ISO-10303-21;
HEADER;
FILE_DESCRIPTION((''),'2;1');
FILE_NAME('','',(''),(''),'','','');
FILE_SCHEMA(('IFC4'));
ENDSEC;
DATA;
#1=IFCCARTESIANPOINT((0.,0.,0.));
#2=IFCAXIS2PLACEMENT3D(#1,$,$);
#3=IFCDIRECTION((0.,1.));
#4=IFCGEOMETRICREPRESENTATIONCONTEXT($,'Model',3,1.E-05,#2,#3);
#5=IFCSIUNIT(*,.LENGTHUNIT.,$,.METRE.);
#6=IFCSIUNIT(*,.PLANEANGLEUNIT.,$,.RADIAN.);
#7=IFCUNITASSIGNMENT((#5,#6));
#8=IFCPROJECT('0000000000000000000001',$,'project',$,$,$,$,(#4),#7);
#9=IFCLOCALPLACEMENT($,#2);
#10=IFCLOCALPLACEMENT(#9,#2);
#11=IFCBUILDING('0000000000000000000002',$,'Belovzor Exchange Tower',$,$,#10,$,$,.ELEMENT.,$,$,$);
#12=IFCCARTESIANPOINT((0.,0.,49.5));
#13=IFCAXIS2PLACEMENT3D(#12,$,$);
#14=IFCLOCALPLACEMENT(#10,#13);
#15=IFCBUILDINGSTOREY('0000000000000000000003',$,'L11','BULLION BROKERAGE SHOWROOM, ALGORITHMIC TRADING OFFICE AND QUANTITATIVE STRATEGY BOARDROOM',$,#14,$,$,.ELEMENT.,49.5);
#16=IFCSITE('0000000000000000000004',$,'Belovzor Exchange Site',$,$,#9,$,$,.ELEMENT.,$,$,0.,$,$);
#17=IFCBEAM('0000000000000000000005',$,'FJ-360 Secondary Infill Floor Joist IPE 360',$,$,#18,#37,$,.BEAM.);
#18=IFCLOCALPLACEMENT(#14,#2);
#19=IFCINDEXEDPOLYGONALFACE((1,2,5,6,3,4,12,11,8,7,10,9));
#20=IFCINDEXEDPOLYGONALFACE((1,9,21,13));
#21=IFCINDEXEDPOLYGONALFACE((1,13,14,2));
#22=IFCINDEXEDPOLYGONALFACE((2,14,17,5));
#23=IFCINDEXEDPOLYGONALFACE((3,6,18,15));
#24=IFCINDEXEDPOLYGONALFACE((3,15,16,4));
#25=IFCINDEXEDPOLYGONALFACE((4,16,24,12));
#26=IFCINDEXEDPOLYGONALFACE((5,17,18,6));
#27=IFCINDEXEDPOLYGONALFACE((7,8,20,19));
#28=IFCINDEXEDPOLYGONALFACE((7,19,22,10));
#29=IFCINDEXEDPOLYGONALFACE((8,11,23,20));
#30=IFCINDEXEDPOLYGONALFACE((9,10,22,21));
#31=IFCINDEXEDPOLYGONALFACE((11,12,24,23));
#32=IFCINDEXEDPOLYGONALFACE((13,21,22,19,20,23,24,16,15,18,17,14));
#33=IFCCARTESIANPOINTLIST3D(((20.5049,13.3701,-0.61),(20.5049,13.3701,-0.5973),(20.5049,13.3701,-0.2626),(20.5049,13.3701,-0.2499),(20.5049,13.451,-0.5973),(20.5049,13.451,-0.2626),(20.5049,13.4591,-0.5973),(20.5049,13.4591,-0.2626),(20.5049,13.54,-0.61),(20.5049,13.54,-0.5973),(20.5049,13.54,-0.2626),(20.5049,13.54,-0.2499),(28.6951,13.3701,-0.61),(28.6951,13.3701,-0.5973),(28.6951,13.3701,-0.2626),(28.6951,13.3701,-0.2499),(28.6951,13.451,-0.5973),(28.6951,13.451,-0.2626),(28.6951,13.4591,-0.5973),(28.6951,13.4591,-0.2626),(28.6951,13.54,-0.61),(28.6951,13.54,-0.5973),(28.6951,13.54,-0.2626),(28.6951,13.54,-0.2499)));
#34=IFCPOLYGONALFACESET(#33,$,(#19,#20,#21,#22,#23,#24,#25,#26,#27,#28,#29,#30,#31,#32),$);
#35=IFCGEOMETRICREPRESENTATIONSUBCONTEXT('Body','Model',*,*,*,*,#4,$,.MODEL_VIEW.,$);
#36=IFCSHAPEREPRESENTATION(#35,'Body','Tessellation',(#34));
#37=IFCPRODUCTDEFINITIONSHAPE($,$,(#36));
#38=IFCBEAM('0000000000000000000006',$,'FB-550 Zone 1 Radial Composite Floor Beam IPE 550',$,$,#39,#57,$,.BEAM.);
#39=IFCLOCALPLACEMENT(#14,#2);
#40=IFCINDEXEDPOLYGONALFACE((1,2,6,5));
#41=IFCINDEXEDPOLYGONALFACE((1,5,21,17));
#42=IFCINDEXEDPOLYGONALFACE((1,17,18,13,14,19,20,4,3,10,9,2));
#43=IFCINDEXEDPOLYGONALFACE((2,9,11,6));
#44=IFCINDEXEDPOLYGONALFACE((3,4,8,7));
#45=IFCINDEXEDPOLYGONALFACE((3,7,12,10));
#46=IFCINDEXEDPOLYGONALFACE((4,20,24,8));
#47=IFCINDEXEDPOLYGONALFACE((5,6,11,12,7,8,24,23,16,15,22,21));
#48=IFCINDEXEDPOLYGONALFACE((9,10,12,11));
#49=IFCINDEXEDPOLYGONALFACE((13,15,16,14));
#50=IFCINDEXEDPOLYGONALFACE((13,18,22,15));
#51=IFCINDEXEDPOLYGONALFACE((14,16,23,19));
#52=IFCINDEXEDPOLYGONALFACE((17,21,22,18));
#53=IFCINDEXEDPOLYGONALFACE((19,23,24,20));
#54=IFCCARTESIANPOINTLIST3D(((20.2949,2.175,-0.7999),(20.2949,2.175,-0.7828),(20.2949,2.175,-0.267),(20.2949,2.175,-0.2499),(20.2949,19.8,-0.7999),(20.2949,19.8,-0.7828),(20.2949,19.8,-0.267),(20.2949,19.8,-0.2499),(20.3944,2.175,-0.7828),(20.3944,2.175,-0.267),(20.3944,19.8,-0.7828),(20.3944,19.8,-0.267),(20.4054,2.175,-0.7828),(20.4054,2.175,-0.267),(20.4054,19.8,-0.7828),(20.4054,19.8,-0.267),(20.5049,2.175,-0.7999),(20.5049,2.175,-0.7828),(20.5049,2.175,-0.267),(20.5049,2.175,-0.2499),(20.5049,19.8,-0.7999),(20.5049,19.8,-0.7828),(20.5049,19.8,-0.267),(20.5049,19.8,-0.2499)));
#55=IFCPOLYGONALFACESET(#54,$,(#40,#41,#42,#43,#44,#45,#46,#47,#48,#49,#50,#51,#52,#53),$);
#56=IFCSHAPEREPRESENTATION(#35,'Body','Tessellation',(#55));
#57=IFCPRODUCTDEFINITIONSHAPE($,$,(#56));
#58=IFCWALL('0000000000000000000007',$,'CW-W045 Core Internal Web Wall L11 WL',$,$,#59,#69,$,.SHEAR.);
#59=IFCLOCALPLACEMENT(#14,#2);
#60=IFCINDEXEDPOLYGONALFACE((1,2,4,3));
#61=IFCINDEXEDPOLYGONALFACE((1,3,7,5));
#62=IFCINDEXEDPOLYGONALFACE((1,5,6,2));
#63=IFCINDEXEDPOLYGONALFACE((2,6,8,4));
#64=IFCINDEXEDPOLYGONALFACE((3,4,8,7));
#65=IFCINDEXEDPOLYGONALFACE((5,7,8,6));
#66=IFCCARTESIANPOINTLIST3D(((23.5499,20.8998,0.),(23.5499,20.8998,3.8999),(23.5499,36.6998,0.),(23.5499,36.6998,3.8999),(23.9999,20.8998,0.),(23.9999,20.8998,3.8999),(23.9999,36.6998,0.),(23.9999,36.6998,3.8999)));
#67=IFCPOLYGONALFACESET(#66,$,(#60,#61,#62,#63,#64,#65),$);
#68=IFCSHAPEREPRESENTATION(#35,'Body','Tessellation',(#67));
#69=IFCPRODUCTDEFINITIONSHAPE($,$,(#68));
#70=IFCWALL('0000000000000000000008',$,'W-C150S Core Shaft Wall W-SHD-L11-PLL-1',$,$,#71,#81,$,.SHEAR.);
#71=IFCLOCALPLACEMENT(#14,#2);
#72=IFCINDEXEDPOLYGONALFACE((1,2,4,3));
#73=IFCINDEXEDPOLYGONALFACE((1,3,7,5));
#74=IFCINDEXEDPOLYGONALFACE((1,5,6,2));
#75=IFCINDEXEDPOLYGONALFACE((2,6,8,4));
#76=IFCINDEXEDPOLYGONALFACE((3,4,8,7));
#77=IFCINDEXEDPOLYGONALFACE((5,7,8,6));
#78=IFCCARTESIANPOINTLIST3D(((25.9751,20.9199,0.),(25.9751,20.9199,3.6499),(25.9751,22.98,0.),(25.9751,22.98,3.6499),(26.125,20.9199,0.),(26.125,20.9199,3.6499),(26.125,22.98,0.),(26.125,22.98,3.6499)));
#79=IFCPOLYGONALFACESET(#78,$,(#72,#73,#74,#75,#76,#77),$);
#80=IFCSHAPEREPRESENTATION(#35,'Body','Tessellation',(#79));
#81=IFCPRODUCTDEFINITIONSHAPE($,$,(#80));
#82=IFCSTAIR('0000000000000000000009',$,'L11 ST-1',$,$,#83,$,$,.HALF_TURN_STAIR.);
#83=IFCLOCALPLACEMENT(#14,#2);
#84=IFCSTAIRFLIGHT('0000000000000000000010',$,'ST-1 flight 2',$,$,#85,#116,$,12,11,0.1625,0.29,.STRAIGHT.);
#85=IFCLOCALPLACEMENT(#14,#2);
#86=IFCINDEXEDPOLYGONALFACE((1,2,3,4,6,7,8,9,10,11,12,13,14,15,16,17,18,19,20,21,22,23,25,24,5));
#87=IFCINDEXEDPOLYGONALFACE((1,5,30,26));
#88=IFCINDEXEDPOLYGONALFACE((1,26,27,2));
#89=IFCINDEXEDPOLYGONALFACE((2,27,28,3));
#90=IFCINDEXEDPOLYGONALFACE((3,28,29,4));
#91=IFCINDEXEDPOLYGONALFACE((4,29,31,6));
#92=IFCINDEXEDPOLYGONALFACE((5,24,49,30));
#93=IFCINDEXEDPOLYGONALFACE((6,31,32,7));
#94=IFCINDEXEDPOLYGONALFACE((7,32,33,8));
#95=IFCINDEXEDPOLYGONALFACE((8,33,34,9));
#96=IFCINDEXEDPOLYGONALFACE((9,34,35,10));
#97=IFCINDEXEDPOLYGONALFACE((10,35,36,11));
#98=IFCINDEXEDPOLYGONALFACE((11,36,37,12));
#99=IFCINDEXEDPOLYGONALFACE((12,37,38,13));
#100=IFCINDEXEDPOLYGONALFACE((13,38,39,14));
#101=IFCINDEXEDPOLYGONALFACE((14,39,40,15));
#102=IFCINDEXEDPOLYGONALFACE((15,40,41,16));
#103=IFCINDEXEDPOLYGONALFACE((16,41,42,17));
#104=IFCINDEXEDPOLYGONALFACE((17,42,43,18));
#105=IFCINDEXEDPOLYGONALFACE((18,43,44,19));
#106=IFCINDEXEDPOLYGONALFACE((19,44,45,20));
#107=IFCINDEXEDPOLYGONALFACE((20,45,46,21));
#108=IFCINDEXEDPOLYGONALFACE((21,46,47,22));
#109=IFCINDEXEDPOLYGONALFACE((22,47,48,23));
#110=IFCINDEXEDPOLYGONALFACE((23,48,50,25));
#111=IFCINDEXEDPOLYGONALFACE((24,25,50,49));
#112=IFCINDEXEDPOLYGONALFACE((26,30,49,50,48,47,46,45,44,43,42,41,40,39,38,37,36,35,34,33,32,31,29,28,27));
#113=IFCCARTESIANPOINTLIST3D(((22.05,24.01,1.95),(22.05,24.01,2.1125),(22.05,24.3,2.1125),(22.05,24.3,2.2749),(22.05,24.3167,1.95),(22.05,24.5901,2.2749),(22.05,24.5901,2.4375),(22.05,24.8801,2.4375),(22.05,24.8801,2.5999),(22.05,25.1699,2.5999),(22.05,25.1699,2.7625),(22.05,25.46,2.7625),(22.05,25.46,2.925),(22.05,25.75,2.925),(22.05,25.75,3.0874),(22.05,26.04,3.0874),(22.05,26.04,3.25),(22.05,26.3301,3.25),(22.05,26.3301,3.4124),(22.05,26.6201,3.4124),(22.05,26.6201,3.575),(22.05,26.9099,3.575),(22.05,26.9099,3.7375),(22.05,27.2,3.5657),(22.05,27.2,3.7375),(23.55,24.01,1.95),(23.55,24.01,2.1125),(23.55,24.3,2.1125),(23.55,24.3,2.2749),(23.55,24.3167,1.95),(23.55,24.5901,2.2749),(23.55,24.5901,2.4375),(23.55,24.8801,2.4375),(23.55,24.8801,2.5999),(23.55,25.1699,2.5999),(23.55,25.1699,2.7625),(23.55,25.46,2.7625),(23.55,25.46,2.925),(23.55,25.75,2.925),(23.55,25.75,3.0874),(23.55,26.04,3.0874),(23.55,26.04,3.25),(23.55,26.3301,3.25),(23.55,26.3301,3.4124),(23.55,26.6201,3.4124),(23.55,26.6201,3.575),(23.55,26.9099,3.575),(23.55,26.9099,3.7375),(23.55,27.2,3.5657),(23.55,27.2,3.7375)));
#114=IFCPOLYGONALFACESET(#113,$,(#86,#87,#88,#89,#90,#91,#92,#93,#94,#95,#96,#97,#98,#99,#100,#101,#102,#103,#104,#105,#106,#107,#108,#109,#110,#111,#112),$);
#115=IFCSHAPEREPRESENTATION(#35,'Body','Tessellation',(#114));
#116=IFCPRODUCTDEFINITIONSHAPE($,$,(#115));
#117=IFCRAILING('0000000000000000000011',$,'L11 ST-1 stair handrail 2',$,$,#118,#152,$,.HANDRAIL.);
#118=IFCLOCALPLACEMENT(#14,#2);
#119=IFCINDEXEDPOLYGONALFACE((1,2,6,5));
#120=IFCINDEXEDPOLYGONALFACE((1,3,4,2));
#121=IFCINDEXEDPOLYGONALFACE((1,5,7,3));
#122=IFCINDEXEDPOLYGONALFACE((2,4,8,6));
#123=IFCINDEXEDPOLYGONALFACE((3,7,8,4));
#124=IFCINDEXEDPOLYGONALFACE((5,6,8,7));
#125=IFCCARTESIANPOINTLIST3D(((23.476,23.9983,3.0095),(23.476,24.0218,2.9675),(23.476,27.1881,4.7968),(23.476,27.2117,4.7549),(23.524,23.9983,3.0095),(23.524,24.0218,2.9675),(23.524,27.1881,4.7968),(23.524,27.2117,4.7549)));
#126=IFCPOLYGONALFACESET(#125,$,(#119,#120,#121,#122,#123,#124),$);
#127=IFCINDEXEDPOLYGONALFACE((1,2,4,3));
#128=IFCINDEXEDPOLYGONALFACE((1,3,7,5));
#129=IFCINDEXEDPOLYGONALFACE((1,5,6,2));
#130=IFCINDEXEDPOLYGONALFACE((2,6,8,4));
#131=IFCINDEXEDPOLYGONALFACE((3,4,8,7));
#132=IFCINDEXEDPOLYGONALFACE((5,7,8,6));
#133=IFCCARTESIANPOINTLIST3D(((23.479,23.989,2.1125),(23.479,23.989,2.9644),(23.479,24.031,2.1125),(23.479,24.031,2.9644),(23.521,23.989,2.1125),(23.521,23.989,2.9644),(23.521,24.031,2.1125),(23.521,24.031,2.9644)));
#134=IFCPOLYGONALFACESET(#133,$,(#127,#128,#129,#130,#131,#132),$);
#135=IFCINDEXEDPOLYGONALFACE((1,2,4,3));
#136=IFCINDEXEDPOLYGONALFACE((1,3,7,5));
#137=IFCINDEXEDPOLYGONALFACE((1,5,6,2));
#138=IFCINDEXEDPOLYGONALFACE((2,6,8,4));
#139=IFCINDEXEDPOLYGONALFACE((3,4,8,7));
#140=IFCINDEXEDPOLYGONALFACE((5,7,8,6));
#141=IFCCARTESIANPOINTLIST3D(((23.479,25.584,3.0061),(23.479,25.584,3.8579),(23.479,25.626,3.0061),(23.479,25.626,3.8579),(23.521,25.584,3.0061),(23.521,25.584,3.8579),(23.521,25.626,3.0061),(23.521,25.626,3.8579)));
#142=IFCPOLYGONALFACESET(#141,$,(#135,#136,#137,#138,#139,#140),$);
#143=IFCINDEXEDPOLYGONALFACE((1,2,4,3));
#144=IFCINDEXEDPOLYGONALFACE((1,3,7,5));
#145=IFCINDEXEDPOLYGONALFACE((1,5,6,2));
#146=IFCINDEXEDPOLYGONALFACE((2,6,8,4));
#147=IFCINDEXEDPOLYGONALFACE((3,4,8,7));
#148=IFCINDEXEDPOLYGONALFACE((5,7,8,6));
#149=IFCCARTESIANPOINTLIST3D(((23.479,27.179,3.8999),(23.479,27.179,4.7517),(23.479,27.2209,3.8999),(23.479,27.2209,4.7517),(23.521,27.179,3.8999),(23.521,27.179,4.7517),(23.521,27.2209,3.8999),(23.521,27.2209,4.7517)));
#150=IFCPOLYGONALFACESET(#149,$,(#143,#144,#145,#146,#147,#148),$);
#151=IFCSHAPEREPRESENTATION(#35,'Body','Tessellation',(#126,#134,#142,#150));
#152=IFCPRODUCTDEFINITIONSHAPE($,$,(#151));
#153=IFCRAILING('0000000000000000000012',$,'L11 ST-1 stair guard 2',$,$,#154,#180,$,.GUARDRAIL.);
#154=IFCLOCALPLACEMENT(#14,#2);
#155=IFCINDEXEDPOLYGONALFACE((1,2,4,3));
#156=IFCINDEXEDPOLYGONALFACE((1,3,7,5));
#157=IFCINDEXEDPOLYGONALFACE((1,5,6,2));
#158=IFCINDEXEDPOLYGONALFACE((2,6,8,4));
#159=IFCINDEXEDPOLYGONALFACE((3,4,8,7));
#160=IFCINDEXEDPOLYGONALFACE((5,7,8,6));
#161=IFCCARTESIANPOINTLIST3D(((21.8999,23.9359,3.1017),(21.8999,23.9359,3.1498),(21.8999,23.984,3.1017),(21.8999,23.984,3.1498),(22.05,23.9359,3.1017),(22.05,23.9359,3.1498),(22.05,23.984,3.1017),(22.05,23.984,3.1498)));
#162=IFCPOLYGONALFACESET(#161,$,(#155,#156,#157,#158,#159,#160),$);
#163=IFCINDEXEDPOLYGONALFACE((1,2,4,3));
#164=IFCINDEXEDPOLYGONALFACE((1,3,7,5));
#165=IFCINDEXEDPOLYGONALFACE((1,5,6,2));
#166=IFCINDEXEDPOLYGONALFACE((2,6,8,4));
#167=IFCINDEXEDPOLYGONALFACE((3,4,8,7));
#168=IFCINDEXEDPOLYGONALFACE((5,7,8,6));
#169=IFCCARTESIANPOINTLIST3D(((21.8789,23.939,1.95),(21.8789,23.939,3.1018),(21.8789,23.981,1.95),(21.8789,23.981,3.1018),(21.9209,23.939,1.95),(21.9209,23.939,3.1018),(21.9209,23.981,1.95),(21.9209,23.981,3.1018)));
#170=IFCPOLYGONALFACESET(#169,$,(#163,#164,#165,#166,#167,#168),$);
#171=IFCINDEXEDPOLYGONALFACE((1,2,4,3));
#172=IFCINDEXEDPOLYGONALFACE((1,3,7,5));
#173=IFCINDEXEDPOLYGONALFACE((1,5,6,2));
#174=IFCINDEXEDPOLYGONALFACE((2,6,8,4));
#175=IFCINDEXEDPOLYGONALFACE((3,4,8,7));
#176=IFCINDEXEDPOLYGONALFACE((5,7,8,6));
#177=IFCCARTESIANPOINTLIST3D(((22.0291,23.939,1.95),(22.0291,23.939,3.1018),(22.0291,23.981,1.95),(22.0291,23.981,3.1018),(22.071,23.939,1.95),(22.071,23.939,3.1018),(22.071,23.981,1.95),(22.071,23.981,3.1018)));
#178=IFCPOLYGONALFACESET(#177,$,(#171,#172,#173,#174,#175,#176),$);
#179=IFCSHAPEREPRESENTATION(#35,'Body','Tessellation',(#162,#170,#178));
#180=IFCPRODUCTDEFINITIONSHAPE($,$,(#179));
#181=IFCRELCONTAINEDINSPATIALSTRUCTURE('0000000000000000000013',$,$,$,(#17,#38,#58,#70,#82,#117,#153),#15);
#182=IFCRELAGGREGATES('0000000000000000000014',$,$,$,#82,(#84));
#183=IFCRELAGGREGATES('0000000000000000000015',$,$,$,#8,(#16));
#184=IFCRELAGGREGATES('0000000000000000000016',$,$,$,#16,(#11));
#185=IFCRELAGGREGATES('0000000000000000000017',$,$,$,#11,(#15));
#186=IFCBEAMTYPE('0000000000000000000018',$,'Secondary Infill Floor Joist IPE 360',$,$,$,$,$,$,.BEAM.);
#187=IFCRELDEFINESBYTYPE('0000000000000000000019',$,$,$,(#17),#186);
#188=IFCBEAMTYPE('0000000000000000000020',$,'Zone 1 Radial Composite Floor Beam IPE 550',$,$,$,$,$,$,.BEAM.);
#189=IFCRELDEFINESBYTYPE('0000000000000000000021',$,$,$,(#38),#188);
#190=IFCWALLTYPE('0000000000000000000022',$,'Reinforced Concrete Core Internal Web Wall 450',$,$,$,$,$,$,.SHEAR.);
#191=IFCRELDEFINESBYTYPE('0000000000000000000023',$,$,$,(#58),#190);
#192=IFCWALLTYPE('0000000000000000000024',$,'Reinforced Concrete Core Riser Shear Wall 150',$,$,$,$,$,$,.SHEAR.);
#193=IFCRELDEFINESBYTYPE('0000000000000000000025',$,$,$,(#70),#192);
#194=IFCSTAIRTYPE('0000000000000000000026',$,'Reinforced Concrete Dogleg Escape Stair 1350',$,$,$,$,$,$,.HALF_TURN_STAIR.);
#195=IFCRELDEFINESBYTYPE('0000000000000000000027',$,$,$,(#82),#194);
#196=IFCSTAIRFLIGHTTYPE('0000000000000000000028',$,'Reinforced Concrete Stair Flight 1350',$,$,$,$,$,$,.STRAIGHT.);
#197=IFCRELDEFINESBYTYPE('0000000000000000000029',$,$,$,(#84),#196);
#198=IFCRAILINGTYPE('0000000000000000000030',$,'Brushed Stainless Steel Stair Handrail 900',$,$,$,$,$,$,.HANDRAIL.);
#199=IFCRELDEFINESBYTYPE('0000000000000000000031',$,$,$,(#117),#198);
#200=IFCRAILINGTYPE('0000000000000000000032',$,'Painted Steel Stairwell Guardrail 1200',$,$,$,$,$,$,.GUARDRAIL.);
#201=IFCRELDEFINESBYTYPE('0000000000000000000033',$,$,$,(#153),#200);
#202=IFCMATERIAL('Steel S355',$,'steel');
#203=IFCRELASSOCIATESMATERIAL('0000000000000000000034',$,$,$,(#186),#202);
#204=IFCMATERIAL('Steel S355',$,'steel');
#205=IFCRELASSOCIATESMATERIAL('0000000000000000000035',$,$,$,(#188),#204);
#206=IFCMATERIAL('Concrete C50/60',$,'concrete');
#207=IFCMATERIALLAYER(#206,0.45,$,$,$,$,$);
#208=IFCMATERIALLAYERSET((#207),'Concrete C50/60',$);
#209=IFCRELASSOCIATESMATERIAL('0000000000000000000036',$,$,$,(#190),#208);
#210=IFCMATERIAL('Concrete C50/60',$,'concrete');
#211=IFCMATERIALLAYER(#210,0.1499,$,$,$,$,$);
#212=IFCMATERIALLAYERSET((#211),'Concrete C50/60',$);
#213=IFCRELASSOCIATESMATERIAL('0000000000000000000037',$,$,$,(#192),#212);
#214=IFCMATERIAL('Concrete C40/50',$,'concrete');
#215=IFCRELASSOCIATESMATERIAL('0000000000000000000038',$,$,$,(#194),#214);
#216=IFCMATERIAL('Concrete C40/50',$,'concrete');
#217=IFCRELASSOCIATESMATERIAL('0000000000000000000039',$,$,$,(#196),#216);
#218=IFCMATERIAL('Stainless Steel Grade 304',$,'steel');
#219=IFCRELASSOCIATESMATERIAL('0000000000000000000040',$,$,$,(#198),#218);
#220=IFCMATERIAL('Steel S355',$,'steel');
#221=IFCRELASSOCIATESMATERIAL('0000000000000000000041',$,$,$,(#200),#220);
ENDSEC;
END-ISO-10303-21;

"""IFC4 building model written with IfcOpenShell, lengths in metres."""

from ifc_helpers import new_model, si_unit, direction, frame, frame_2d, origin, origin_2d, place, context, subcontext, project, spatial, polyline, rectangle, i_section, outline, extrude, material, layer, layer_set, material_profile, profile_set, type_object, element, aggregate, save


model = new_model("IFC4")

# Units and contexts
model_context = context("Model", 3, precision=1e-05, world=origin(), true_north=direction((0.0, 1.0)))
body_context = subcontext(model_context, "Body", "Model", "MODEL_VIEW")
ifc_project = project(units=[si_unit("LENGTHUNIT", "METRE"), si_unit("PLANEANGLEUNIT", "RADIAN")], contexts=[model_context])

# Site, building, storey
site_placement = place(None, origin())
site = spatial("IfcSite", under=ifc_project, at=site_placement, Name="Belovzor Exchange Site", CompositionType="ELEMENT", RefElevation=0.0)
building_placement = place(site_placement, origin())
building = spatial("IfcBuilding", under=site, at=building_placement, Name="Belovzor Exchange Tower", CompositionType="ELEMENT")
storey_placement = place(building_placement, frame((0.0, 0.0, 49.5)))
storey = spatial("IfcBuildingStorey", under=building, at=storey_placement, Name="L11", Description="BULLION BROKERAGE SHOWROOM, ALGORITHMIC TRADING OFFICE AND QUANTITATIVE STRATEGY BOARDROOM", CompositionType="ELEMENT", Elevation=49.5)

# Beams
ifc_material_1 = material(Name="Steel S355", Category="steel")
ifc_material_profile_1 = material_profile(ifc_material_1, i_section(OverallWidth=0.1699, OverallDepth=0.3601, WebThickness=0.0081, FlangeThickness=0.0127, at=origin_2d()))
ifc_profile_set_1 = profile_set([ifc_material_profile_1], Name="Steel S355")
beam_type_1 = type_object("IfcBeamType", Name="Secondary Infill Floor Joist IPE 360", PredefinedType="BEAM", material=ifc_profile_set_1)
beam_1_placement = place(storey_placement, frame((20.5049, 13.4551, -0.4299), z_axis=(1.0, 0.0, 0.0), x_axis=(0.0, 1.0, 0.0)))
element("IfcBeam", 1, at=beam_1_placement, inside=storey, type_object=beam_type_1, Name="FJ-360 Secondary Infill Floor Joist IPE 360", PredefinedType="BEAM", context=body_context, shape_type="SweptSolid", body=[
    extrude(i_section(OverallWidth=0.1699, OverallDepth=0.3601, WebThickness=0.0081, FlangeThickness=0.0127, at=origin_2d()), origin(), (0.0, 0.0, 1.0), 8.1902),
])
ifc_material_2 = material(Name="Steel S355", Category="steel")
ifc_material_profile_2 = material_profile(ifc_material_2, i_section(OverallWidth=0.21, OverallDepth=0.55, WebThickness=0.011, FlangeThickness=0.0171, at=origin_2d()))
ifc_profile_set_2 = profile_set([ifc_material_profile_2], Name="Steel S355")
beam_type_2 = type_object("IfcBeamType", Name="Zone 1 Radial Composite Floor Beam IPE 550", PredefinedType="BEAM", material=ifc_profile_set_2)
beam_2_placement = place(storey_placement, frame((20.3999, 19.8, -0.5249), z_axis=(0.0, -1.0, 0.0), x_axis=(1.0, 0.0, 0.0)))
element("IfcBeam", 2, at=beam_2_placement, inside=storey, type_object=beam_type_2, Name="FB-550 Zone 1 Radial Composite Floor Beam IPE 550", PredefinedType="BEAM", context=body_context, shape_type="SweptSolid", body=[
    extrude(i_section(OverallWidth=0.21, OverallDepth=0.55, WebThickness=0.011, FlangeThickness=0.0171, at=origin_2d()), origin(), (0.0, 0.0, 1.0), 17.625),
])

# Walls
ifc_material_3 = material(Name="Concrete C50/60", Category="concrete")
ifc_layer_1 = layer(ifc_material_3, 0.45)
ifc_layer_set_1 = layer_set([ifc_layer_1], Name="Concrete C50/60")
wall_type_1 = type_object("IfcWallType", Name="Reinforced Concrete Core Internal Web Wall 450", PredefinedType="SHEAR", material=ifc_layer_set_1)
wall_1_placement = place(storey_placement, frame((23.7749, 20.8999, 0.0), z_axis=(0.0, 0.0, 1.0), x_axis=(0.0, 1.0, 0.0)))
element("IfcWall", 3, at=wall_1_placement, inside=storey, type_object=wall_type_1, Name="CW-W045 Core Internal Web Wall L11 WL", PredefinedType="SHEAR", context=body_context, shape_type="SweptSolid", body=[
    extrude(rectangle(XDim=15.8, YDim=0.45, at=frame_2d((7.8999, 0.0))), origin(), (0.0, 0.0, 1.0), 3.8999),
])
ifc_material_4 = material(Name="Concrete C50/60", Category="concrete")
ifc_layer_2 = layer(ifc_material_4, 0.1499)
ifc_layer_set_2 = layer_set([ifc_layer_2], Name="Concrete C50/60")
wall_type_2 = type_object("IfcWallType", Name="Reinforced Concrete Core Riser Shear Wall 150", PredefinedType="SHEAR", material=ifc_layer_set_2)
wall_2_placement = place(storey_placement, frame((26.05, 20.9199, 0.0), z_axis=(0.0, 0.0, 1.0), x_axis=(0.0, 1.0, 0.0)))
element("IfcWall", 4, at=wall_2_placement, inside=storey, type_object=wall_type_2, Name="W-C150S Core Shaft Wall W-SHD-L11-PLL-1", PredefinedType="SHEAR", context=body_context, shape_type="SweptSolid", body=[
    extrude(rectangle(XDim=2.0601, YDim=0.1499, at=frame_2d((1.03, 0.0))), origin(), (0.0, 0.0, 1.0), 3.6499),
])

# Stair, stair flight
ifc_material_5 = material(Name="Concrete C40/50", Category="concrete")
stair_type = type_object("IfcStairType", Name="Reinforced Concrete Dogleg Escape Stair 1350", PredefinedType="HALF_TURN_STAIR", material=ifc_material_5)
stair_placement = place(storey_placement, origin())
stair = element("IfcStair", 5, at=stair_placement, inside=storey, type_object=stair_type, Name="L11 ST-1", PredefinedType="HALF_TURN_STAIR")
ifc_material_6 = material(Name="Concrete C40/50", Category="concrete")
stair_flight_type = type_object("IfcStairFlightType", Name="Reinforced Concrete Stair Flight 1350", PredefinedType="STRAIGHT", material=ifc_material_6)
stair_flight_placement = place(storey_placement, frame((22.8, 24.01, 1.95), z_axis=(0.0, 0.0, 1.0), x_axis=(0.0, 1.0, 0.0)))
stair_flight = element("IfcStairFlight", 6, at=stair_flight_placement, type_object=stair_flight_type, Name="ST-1 flight 2", NumberOfRisers=12, NumberOfTreads=11, PredefinedType="STRAIGHT", RiserHeight=0.1625, TreadLength=0.29, context=body_context, shape_type="SweptSolid", body=[
    extrude(outline(polyline([(0.0, 0.0), (0.0, 0.1626), (0.29, 0.1626), (0.29, 0.325), (0.5801, 0.325), (0.5801, 0.4875), (0.8701, 0.4875), (0.8701, 0.6499), (1.1599, 0.6499), (1.1599, 0.8125), (1.45, 0.8125), (1.45, 0.9751), (1.74, 0.9751), (1.74, 1.1375), (2.03, 1.1375), (2.03, 1.3), (2.3201, 1.3), (2.3201, 1.4624), (2.6101, 1.4624), (2.6101, 1.625), (2.8999, 1.625), (2.8999, 1.7876), (3.1899, 1.7876), (3.1899, 1.95), (3.1899, 1.6157), (0.3066, 0.0), (0.0, 0.0)])), frame((0.0, 0.75, 0.0), z_axis=(0.0, -1.0, 0.0), x_axis=(1.0, 0.0, 0.0)), (0.0, 0.0, 1.0), 1.5),
])
aggregate(stair, [stair_flight])

# Railings
ifc_material_7 = material(Name="Stainless Steel Grade 304", Category="steel")
railing_type_1 = type_object("IfcRailingType", Name="Brushed Stainless Steel Stair Handrail 900", PredefinedType="HANDRAIL", material=ifc_material_7)
railing_1_placement = place(storey_placement, frame((23.5, 24.01, 2.1125)))
element("IfcRailing", 7, at=railing_1_placement, inside=storey, type_object=railing_type_1, Name="L11 ST-1 stair handrail 2", PredefinedType="HANDRAIL", context=body_context, shape_type="SweptSolid", body=[
    extrude(rectangle(XDim=0.0481, YDim=0.0481, at=origin_2d()), frame((0.0, 0.0, 0.876), z_axis=(0.0, 0.872391, 0.488809), x_axis=(-1.0, 0.0, 0.0)), (0.0, 0.0, 1.0), 3.6565),
    extrude(rectangle(XDim=0.042, YDim=0.042, at=origin_2d()), origin(), (0.0, 0.0, 1.0), 0.8518),
    extrude(rectangle(XDim=0.042, YDim=0.042, at=origin_2d()), frame((0.0, 1.595, 0.8936)), (0.0, 0.0, 1.0), 0.8518),
    extrude(rectangle(XDim=0.042, YDim=0.042, at=origin_2d()), frame((0.0, 3.1899, 1.7874)), (0.0, 0.0, 1.0), 0.8518),
])
ifc_material_8 = material(Name="Steel S355", Category="steel")
railing_type_2 = type_object("IfcRailingType", Name="Painted Steel Stairwell Guardrail 1200", PredefinedType="GUARDRAIL", material=ifc_material_8)
railing_2_placement = place(storey_placement, frame((21.8999, 23.96, 1.95)))
element("IfcRailing", 8, at=railing_2_placement, inside=storey, type_object=railing_type_2, Name="L11 ST-1 stair guard 2", PredefinedType="GUARDRAIL", context=body_context, shape_type="SweptSolid", body=[
    extrude(rectangle(XDim=0.0481, YDim=0.0481, at=origin_2d()), frame((0.0, 0.0, 1.1758), z_axis=(1.0, 0.0, 0.0), x_axis=(0.0, 1.0, 0.0)), (0.0, 0.0, 1.0), 0.1501),
    extrude(rectangle(XDim=0.042, YDim=0.042, at=origin_2d()), origin(), (0.0, 0.0, 1.0), 1.1519),
    extrude(rectangle(XDim=0.042, YDim=0.042, at=origin_2d()), frame((0.1501, 0.0, 0.0)), (0.0, 0.0, 1.0), 1.1519),
])

save(model, "model.ifc")
